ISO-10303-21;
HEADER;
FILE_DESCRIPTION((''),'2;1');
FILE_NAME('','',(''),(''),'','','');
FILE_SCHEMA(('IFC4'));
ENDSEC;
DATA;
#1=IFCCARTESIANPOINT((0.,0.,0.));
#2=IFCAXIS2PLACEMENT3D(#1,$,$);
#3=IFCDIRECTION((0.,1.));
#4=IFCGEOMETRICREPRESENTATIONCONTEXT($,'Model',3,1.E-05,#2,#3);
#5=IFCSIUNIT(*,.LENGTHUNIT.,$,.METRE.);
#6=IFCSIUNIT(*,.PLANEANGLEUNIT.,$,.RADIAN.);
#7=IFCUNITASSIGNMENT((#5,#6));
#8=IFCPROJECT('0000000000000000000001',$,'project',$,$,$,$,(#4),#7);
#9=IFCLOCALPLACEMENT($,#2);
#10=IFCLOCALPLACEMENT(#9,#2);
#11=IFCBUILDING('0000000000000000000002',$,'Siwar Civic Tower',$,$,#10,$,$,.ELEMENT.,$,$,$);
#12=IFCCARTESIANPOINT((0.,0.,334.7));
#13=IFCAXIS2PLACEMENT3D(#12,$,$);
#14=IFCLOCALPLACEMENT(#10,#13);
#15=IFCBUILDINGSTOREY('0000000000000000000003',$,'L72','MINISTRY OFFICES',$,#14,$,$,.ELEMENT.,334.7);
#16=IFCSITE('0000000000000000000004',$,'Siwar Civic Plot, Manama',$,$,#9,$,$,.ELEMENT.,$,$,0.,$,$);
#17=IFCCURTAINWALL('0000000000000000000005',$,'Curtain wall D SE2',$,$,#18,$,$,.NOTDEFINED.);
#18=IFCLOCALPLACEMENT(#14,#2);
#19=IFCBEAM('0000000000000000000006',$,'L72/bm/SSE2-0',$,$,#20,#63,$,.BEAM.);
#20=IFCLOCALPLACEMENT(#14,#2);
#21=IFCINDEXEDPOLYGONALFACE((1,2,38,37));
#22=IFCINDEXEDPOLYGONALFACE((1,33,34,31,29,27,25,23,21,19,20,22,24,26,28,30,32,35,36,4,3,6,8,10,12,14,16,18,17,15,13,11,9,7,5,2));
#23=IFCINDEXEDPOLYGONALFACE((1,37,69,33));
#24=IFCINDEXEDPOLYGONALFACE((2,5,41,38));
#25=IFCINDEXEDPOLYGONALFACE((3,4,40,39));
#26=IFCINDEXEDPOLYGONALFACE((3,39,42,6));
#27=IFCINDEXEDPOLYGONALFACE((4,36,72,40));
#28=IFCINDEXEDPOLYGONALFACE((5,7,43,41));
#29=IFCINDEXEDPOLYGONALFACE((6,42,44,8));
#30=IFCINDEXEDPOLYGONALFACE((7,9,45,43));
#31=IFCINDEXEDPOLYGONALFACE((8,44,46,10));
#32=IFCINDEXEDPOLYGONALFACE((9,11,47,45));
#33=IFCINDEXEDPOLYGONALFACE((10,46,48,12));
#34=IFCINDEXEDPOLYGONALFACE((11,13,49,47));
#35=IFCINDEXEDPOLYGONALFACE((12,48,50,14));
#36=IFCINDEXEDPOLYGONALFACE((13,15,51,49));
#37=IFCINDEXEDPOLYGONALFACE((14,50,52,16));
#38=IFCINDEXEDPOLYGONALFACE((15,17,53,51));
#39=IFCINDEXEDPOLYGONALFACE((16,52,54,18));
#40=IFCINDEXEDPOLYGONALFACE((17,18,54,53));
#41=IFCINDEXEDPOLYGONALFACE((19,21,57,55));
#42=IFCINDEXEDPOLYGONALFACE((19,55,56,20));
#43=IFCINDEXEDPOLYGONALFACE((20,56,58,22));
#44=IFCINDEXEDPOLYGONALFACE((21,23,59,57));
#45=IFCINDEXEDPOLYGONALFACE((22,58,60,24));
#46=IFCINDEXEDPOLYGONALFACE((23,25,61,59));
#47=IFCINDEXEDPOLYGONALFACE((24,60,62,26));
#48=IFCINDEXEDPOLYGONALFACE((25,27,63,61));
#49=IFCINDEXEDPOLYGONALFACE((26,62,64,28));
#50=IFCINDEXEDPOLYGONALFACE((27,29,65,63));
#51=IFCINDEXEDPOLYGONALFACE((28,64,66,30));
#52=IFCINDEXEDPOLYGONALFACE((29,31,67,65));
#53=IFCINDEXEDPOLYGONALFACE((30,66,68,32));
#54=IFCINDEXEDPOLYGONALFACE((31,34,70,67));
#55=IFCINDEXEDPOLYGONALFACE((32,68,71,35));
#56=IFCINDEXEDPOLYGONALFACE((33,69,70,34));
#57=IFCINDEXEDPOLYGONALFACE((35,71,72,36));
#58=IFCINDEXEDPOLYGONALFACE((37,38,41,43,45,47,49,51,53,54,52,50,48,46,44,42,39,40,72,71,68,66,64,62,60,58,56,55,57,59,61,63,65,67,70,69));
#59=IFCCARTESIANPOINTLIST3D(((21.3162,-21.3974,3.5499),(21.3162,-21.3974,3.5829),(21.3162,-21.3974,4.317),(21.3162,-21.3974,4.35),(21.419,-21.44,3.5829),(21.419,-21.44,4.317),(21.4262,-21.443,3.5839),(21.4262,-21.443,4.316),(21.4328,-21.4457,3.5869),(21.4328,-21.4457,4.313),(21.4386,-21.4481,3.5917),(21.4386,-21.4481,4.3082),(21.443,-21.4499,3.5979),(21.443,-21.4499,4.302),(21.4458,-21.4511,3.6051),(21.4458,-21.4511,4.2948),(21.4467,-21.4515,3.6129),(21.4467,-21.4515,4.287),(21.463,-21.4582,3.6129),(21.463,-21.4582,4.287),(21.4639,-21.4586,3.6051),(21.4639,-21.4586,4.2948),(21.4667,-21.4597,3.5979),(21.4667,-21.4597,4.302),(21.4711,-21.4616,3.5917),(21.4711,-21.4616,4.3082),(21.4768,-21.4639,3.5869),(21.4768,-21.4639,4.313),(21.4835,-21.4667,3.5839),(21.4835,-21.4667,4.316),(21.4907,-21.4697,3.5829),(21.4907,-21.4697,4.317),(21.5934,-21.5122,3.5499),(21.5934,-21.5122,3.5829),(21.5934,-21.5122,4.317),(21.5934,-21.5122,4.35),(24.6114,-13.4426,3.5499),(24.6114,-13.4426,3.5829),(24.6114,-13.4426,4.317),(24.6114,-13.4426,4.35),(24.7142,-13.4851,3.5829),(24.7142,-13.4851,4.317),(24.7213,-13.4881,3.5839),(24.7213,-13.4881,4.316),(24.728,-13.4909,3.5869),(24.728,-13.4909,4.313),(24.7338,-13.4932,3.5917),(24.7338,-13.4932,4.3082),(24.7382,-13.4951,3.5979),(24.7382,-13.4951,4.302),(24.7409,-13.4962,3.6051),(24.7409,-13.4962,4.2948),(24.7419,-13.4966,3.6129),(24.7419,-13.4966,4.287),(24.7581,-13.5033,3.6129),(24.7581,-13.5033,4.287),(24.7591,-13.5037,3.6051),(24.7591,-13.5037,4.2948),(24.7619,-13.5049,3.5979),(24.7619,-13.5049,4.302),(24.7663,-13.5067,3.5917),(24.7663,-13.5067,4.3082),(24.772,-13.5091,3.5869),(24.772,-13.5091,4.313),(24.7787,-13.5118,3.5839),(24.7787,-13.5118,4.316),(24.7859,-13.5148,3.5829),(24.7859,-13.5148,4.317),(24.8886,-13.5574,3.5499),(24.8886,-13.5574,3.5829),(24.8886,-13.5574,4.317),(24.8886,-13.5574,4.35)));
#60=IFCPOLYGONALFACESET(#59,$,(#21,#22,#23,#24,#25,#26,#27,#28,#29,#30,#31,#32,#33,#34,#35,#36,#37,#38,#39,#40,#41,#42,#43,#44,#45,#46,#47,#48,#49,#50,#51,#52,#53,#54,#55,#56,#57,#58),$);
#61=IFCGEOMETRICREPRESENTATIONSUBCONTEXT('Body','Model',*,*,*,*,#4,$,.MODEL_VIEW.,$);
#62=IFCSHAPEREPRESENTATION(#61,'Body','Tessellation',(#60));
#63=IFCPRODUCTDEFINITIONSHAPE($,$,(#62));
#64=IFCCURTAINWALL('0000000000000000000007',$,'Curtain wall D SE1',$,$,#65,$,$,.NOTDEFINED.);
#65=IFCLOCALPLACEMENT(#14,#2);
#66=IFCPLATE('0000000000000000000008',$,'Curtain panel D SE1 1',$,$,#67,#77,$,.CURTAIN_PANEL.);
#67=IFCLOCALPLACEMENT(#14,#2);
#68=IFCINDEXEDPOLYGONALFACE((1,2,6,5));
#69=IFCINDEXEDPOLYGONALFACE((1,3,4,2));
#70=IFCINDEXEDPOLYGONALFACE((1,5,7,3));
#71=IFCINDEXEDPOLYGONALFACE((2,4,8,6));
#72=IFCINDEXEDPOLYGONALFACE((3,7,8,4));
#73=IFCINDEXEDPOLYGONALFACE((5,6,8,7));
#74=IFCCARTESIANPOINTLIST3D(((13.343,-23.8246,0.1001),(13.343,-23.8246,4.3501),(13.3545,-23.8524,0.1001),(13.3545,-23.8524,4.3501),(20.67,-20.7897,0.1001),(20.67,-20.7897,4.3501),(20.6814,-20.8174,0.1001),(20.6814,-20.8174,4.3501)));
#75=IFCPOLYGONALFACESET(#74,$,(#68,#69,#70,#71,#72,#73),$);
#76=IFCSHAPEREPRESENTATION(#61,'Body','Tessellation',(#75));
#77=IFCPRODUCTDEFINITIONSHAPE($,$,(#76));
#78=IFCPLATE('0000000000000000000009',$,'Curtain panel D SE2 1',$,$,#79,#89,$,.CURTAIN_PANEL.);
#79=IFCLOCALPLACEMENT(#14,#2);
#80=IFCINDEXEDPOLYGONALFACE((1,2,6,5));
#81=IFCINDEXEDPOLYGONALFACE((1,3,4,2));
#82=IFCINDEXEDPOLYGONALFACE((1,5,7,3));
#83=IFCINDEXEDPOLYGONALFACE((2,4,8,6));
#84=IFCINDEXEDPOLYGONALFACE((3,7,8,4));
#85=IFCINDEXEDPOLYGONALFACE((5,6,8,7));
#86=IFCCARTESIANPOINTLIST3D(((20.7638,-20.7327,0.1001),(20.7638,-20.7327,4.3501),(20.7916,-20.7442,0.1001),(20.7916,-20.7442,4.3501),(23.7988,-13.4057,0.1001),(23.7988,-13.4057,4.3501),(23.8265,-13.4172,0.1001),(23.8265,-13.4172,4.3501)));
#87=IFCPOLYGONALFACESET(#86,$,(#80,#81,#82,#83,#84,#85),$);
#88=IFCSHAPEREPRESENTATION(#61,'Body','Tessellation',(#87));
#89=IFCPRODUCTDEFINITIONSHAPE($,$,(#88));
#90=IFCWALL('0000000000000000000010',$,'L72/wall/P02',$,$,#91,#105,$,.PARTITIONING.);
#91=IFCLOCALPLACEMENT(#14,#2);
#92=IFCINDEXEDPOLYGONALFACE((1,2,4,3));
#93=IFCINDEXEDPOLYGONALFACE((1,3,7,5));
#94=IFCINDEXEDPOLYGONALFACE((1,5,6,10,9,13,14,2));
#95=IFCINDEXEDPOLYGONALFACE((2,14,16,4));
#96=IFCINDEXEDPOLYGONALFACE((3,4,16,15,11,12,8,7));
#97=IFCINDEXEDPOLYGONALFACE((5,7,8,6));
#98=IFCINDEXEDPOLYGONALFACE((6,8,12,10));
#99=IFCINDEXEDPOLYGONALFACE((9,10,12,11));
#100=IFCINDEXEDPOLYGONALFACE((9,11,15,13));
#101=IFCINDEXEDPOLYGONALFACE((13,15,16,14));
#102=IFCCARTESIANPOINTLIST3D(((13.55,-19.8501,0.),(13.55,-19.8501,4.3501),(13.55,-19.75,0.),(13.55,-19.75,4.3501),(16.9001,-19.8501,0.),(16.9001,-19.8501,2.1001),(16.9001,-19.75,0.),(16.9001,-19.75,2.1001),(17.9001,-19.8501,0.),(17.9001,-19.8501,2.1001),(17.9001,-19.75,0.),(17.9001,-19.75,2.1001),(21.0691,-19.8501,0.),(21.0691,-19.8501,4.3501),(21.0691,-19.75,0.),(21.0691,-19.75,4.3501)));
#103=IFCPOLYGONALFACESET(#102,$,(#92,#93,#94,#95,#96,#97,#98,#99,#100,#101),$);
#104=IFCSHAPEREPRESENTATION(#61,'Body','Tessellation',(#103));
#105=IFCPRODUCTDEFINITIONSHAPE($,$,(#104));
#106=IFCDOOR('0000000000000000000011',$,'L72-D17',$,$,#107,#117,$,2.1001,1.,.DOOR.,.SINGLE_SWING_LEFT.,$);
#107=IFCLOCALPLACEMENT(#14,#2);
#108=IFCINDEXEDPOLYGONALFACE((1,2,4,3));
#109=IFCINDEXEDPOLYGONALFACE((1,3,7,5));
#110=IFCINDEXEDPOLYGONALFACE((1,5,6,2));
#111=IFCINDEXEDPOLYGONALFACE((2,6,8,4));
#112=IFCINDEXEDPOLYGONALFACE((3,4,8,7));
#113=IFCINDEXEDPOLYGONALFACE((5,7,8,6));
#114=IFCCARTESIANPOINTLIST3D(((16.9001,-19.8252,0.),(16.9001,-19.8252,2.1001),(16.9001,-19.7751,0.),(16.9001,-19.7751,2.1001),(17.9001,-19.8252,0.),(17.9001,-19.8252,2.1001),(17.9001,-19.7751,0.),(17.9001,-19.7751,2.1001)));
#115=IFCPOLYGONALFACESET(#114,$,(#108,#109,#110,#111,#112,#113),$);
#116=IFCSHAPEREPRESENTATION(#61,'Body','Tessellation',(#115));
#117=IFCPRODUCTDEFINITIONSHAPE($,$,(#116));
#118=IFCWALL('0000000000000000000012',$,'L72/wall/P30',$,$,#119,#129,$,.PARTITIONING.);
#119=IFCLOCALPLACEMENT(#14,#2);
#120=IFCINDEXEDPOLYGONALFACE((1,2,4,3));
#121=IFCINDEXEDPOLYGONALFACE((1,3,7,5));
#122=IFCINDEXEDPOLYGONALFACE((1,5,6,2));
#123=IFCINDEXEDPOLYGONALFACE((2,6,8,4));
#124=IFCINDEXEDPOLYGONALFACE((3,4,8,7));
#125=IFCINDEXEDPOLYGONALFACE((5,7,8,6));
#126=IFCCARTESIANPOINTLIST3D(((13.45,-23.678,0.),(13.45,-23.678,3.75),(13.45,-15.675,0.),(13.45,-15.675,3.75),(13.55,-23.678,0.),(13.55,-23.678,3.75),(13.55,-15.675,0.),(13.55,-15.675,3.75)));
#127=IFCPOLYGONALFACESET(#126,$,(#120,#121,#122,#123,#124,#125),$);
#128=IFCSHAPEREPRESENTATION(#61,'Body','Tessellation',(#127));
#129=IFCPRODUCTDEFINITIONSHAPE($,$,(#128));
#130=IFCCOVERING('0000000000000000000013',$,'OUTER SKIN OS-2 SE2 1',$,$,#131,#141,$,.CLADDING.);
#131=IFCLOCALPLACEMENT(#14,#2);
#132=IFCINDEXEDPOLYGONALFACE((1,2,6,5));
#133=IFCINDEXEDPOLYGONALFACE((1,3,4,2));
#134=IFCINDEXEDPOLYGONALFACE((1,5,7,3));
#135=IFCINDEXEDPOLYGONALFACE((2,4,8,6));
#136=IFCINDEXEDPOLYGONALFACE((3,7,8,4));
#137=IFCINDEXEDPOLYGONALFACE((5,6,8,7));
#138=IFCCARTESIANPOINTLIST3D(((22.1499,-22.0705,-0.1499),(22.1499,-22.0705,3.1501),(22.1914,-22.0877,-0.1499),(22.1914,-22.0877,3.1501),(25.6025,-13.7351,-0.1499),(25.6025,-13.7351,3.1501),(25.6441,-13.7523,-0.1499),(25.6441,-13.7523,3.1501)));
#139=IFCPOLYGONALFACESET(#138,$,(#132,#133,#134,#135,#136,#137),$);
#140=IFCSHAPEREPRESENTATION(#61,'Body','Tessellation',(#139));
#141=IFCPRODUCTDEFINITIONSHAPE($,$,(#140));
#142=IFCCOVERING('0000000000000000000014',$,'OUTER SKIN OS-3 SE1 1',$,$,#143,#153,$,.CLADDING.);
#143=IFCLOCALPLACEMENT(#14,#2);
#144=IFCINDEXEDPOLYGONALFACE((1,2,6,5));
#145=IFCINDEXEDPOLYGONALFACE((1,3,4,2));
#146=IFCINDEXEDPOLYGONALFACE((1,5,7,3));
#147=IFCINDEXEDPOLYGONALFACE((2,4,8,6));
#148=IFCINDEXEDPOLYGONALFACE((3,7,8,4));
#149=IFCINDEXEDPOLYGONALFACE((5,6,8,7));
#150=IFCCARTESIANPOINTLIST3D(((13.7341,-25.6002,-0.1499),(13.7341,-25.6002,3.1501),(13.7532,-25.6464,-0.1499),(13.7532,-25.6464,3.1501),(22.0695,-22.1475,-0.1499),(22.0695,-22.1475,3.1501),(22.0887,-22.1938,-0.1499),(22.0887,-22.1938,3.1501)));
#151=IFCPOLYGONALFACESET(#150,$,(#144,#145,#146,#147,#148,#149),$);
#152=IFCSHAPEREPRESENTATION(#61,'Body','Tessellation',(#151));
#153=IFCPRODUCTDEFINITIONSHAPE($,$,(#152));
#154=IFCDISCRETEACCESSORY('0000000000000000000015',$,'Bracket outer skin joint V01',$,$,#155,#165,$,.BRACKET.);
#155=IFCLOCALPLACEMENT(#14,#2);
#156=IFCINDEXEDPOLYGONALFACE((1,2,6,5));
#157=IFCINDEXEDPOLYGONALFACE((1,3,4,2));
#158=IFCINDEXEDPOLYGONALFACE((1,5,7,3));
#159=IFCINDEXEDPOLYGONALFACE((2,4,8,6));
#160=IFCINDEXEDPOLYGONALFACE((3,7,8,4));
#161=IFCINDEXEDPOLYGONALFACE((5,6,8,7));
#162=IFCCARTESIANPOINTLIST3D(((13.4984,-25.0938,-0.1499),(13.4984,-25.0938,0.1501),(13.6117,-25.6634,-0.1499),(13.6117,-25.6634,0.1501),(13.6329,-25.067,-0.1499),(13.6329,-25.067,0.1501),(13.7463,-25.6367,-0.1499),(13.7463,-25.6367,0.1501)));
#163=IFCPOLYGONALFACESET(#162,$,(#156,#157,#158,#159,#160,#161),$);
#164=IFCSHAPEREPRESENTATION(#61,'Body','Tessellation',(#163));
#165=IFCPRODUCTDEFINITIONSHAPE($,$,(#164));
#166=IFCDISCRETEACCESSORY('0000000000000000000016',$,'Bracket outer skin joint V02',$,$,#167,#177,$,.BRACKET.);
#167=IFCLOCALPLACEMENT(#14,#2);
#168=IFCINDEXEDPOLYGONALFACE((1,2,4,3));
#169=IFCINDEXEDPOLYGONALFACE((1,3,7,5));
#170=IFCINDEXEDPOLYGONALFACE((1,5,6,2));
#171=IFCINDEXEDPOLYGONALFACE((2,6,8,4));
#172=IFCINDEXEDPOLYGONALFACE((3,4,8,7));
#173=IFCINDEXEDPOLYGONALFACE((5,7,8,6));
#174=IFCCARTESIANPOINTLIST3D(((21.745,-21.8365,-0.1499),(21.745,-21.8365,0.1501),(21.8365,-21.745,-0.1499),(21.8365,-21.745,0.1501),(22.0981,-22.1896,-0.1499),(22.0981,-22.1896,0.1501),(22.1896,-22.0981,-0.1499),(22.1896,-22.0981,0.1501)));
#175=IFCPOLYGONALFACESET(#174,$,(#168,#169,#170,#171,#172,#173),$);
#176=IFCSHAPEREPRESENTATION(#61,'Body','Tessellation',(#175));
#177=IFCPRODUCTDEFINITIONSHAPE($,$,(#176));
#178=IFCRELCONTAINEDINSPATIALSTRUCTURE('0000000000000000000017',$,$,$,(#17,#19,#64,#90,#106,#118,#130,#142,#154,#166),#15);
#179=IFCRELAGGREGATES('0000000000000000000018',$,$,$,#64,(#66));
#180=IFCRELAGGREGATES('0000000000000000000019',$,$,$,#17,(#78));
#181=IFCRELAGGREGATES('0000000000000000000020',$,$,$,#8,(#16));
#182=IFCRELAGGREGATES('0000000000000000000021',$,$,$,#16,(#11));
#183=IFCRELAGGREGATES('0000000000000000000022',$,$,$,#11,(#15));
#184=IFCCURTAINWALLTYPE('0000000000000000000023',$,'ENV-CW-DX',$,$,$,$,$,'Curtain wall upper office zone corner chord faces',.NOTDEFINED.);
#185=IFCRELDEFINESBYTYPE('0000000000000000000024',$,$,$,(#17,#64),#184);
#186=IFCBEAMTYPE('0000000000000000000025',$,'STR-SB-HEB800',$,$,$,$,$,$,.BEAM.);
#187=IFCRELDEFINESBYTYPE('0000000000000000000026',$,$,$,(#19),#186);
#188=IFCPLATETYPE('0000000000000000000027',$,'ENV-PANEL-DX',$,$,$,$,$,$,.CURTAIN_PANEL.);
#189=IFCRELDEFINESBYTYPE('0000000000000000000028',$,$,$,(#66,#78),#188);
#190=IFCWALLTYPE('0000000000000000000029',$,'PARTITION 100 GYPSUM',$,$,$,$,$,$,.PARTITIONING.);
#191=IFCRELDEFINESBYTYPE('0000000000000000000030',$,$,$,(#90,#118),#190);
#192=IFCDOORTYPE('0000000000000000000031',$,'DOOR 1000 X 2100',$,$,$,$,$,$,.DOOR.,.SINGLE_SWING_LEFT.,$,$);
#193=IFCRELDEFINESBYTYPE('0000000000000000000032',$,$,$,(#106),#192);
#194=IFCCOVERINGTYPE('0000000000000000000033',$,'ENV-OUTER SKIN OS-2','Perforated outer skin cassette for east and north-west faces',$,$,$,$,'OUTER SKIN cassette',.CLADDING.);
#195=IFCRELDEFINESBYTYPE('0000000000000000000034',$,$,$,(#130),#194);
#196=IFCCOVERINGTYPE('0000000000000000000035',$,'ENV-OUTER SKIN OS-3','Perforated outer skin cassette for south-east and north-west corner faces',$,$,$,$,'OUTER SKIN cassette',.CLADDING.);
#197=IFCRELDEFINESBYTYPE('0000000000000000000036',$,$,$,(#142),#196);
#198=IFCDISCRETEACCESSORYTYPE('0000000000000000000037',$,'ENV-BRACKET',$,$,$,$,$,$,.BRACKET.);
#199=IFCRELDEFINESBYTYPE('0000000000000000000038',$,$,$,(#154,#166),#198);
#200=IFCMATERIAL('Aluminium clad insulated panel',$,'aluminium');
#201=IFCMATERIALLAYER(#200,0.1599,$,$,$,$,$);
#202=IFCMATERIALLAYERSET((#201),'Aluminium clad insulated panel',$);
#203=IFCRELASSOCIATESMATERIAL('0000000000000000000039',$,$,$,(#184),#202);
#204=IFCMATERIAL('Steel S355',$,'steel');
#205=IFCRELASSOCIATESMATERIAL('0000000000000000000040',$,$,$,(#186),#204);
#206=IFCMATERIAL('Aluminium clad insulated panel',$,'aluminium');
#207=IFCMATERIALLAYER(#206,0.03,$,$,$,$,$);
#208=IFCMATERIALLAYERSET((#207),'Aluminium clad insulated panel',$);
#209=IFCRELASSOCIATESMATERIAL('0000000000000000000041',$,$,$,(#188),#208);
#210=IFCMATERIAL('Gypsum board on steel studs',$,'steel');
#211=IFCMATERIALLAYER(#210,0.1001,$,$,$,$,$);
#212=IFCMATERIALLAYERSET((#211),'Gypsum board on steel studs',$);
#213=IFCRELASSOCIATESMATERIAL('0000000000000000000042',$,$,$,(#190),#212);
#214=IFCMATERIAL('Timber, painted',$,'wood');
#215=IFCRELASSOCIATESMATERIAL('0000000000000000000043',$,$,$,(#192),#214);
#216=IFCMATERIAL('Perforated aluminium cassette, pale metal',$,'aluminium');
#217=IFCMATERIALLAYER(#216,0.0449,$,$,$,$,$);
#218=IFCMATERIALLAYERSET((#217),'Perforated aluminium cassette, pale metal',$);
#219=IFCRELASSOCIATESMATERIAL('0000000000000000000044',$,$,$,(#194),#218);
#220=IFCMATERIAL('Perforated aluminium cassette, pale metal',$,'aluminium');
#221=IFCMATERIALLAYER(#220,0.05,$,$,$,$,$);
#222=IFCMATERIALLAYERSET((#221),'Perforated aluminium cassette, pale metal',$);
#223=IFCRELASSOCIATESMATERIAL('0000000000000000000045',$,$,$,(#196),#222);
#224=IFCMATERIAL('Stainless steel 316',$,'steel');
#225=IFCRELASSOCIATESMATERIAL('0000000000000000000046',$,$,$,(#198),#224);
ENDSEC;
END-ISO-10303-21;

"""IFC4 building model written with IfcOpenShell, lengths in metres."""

from ifc_helpers import new_model, si_unit, direction, frame, frame_2d, origin, origin_2d, place, context, subcontext, project, spatial, rectangle, i_section, extrude, material, layer, layer_set, material_profile, profile_set, type_object, element, fill, aggregate, save


model = new_model("IFC4")

# Units and contexts
model_context = context("Model", 3, precision=1e-05, world=origin(), true_north=direction((0.0, 1.0)))
body_context = subcontext(model_context, "Body", "Model", "MODEL_VIEW")
ifc_project = project(units=[si_unit("LENGTHUNIT", "METRE"), si_unit("PLANEANGLEUNIT", "RADIAN")], contexts=[model_context])

# Site, building, storey
site_placement = place(None, origin())
site = spatial("IfcSite", under=ifc_project, at=site_placement, Name="Siwar Civic Plot, Manama", CompositionType="ELEMENT", RefElevation=0.0)
building_placement = place(site_placement, origin())
building = spatial("IfcBuilding", under=site, at=building_placement, Name="Siwar Civic Tower", CompositionType="ELEMENT")
storey_placement = place(building_placement, frame((0.0, 0.0, 334.7)))
storey = spatial("IfcBuildingStorey", under=building, at=storey_placement, Name="L72", Description="MINISTRY OFFICES", CompositionType="ELEMENT", Elevation=334.7)

# Curtain wall
ifc_material_1 = material(Name="Aluminium clad insulated panel", Category="aluminium")
ifc_layer_1 = layer(ifc_material_1, 0.1599)
ifc_layer_set_1 = layer_set([ifc_layer_1], Name="Aluminium clad insulated panel")
curtain_wall_type = type_object("IfcCurtainWallType", Name="ENV-CW-DX", ElementType="Curtain wall upper office zone corner chord faces", PredefinedType="NOTDEFINED", material=ifc_layer_set_1)
curtain_wall_1_placement = place(storey_placement, origin())
curtain_wall_1 = element("IfcCurtainWall", 1, at=curtain_wall_1_placement, inside=storey, type_object=curtain_wall_type, Name="Curtain wall D SE2", PredefinedType="NOTDEFINED")

# Beam
ifc_material_2 = material(Name="Steel S355", Category="steel")
ifc_material_profile_1 = material_profile(ifc_material_2, i_section(OverallWidth=0.3, OverallDepth=0.8, WebThickness=0.0176, FlangeThickness=0.033, FilletRadius=0.03, at=origin_2d()), Name="HEB800")
ifc_profile_set_1 = profile_set([ifc_material_profile_1], Name="Steel S355")
beam_type_1 = type_object("IfcBeamType", Name="STR-SB-HEB800", PredefinedType="BEAM", material=ifc_profile_set_1)
for number, where, z_axis, x_axis, name in (
    (2, (21.4548, -21.4548, 3.95), (0.3827, 0.923873, 0.0), (-0.923873, 0.3827, 0.0), "L72/bm/SSE2-0"),
):
    element("IfcBeam", number, at=place(storey_placement, frame(where, z_axis=z_axis, x_axis=x_axis)), inside=storey, type_object=beam_type_1, Name=name, PredefinedType="BEAM", context=body_context, shape_type="SweptSolid", body=[
        extrude(i_section(OverallWidth=0.3, OverallDepth=0.8, WebThickness=0.0176, FlangeThickness=0.033, FilletRadius=0.03, at=origin_2d()), origin(), (0.0, 0.0, 1.0), 8.6104),
    ])

# Curtain wall, plate
curtain_wall_2_placement = place(storey_placement, origin())
curtain_wall_2 = element("IfcCurtainWall", 3, at=curtain_wall_2_placement, inside=storey, type_object=curtain_wall_type, Name="Curtain wall D SE1", PredefinedType="NOTDEFINED")
ifc_material_3 = material(Name="Aluminium clad insulated panel", Category="aluminium")
ifc_layer_2 = layer(ifc_material_3, 0.03)
ifc_layer_set_2 = layer_set([ifc_layer_2], Name="Aluminium clad insulated panel")
plate_type = type_object("IfcPlateType", Name="ENV-PANEL-DX", PredefinedType="CURTAIN_PANEL", material=ifc_layer_set_2)
plate_1_placement = place(storey_placement, frame((17.0122, -22.321, 0.1001), z_axis=(0.0, 0.0, 1.0), x_axis=(0.92388, 0.382683, 0.0)))
plate_1 = element("IfcPlate", 4, at=plate_1_placement, type_object=plate_type, Name="Curtain panel D SE1 1", PredefinedType="CURTAIN_PANEL", context=body_context, shape_type="SweptSolid", body=[
    extrude(rectangle(XDim=7.9307, YDim=0.03, at=origin_2d()), origin(), (0.0, 0.0, 1.0), 4.25),
])
aggregate(curtain_wall_2, [plate_1])

# Plate
plate_2_placement = place(storey_placement, frame((22.2952, -17.075, 0.1001), z_axis=(0.0, 0.0, 1.0), x_axis=(0.382683, 0.92388, 0.0)))
plate_2 = element("IfcPlate", 5, at=plate_2_placement, type_object=plate_type, Name="Curtain panel D SE2 1", PredefinedType="CURTAIN_PANEL", context=body_context, shape_type="SweptSolid", body=[
    extrude(rectangle(XDim=7.9307, YDim=0.03, at=origin_2d()), origin(), (0.0, 0.0, 1.0), 4.25),
])
aggregate(curtain_wall_1, [plate_2])

# Wall, opening, door
ifc_material_4 = material(Name="Gypsum board on steel studs", Category="steel")
ifc_layer_3 = layer(ifc_material_4, 0.1001)
ifc_layer_set_3 = layer_set([ifc_layer_3], Name="Gypsum board on steel studs")
wall_type = type_object("IfcWallType", Name="PARTITION 100 GYPSUM", PredefinedType="PARTITIONING", material=ifc_layer_set_3)
wall_1_placement = place(storey_placement, frame((13.55, -19.8, 0.0), z_axis=(0.0, 0.0, 1.0), x_axis=(1.0, 0.0, 0.0)))
wall_1 = element("IfcWall", 6, at=wall_1_placement, inside=storey, type_object=wall_type, Name="L72/wall/P02", PredefinedType="PARTITIONING", context=body_context, shape_type="SweptSolid", body=[
    extrude(rectangle(XDim=7.519, YDim=0.1001, at=frame_2d((3.7595, 0.0))), origin(), (0.0, 0.0, 1.0), 4.3501),
])
opening_placement = place(wall_1_placement, frame((3.3501, 0.0, 0.0)))
opening = element("IfcOpeningElement", 7, at=opening_placement, cuts=wall_1, PredefinedType="OPENING", context=body_context, shape_type="SweptSolid", body=[
    extrude(rectangle(XDim=1.0, YDim=2.1001, at=frame_2d((0.5, 1.05))), frame((0.0, 0.0601, 0.0), z_axis=(0.0, -1.0, 0.0), x_axis=(1.0, 0.0, 0.0)), (0.0, 0.0, 1.0), 0.1201),
])
ifc_material_5 = material(Name="Timber, painted", Category="wood")
door_type = type_object("IfcDoorType", Name="DOOR 1000 X 2100", OperationType="SINGLE_SWING_LEFT", PredefinedType="DOOR", material=ifc_material_5)
door_placement = place(opening_placement, origin())
door = element("IfcDoor", 8, at=door_placement, inside=storey, type_object=door_type, Name="L72-D17", OperationType="SINGLE_SWING_LEFT", OverallHeight=2.1001, OverallWidth=1.0, PredefinedType="DOOR", context=body_context, shape_type="SweptSolid", body=[
    extrude(rectangle(XDim=1.0, YDim=2.1001, at=frame_2d((0.5, 1.05))), frame((0.0, 0.0249, 0.0), z_axis=(0.0, -1.0, 0.0), x_axis=(1.0, 0.0, 0.0)), (0.0, 0.0, 1.0), 0.05),
])
fill(opening, door)

# Wall
wall_2_placement = place(storey_placement, frame((13.5, -23.678, 0.0), z_axis=(0.0, 0.0, 1.0), x_axis=(0.0, 1.0, 0.0)))
element("IfcWall", 9, at=wall_2_placement, inside=storey, type_object=wall_type, Name="L72/wall/P30", PredefinedType="PARTITIONING", context=body_context, shape_type="SweptSolid", body=[
    extrude(rectangle(XDim=8.0029, YDim=0.1001, at=frame_2d((4.0015, 0.0))), origin(), (0.0, 0.0, 1.0), 3.75),
])

# Coverings
ifc_material_6 = material(Name="Perforated aluminium cassette, pale metal", Category="aluminium")
ifc_layer_4 = layer(ifc_material_6, 0.0449)
ifc_layer_set_4 = layer_set([ifc_layer_4], Name="Perforated aluminium cassette, pale metal")
covering_type_1 = type_object("IfcCoveringType", Name="ENV-OUTER SKIN OS-2", Description="Perforated outer skin cassette for east and north-west faces", ElementType="OUTER SKIN cassette", PredefinedType="CLADDING", material=ifc_layer_set_4)
covering_1_placement = place(storey_placement, frame((23.897, -17.9114, -0.1499), z_axis=(0.0, 0.0, 1.0), x_axis=(0.382683, 0.92388, 0.0)))
element("IfcCovering", 10, at=covering_1_placement, inside=storey, type_object=covering_type_1, Name="OUTER SKIN OS-2 SE2 1", PredefinedType="CLADDING", context=body_context, shape_type="SweptSolid", body=[
    extrude(rectangle(XDim=9.0222, YDim=0.0449, at=origin_2d()), origin(), (0.0, 0.0, 1.0), 3.3),
])
ifc_material_7 = material(Name="Perforated aluminium cassette, pale metal", Category="aluminium")
ifc_layer_5 = layer(ifc_material_7, 0.05)
ifc_layer_set_5 = layer_set([ifc_layer_5], Name="Perforated aluminium cassette, pale metal")
covering_type_2 = type_object("IfcCoveringType", Name="ENV-OUTER SKIN OS-3", Description="Perforated outer skin cassette for south-east and north-west corner faces", ElementType="OUTER SKIN cassette", PredefinedType="CLADDING", material=ifc_layer_set_5)
covering_2_placement = place(storey_placement, frame((17.9114, -23.897, -0.1499), z_axis=(0.0, 0.0, 1.0), x_axis=(0.92388, 0.382683, 0.0)))
element("IfcCovering", 11, at=covering_2_placement, inside=storey, type_object=covering_type_2, Name="OUTER SKIN OS-3 SE1 1", PredefinedType="CLADDING", context=body_context, shape_type="SweptSolid", body=[
    extrude(rectangle(XDim=9.0222, YDim=0.05, at=origin_2d()), origin(), (0.0, 0.0, 1.0), 3.3),
])

# Discrete accessories
ifc_material_8 = material(Name="Stainless steel 316", Category="steel")
discrete_accessory_type = type_object("IfcDiscreteAccessoryType", Name="ENV-BRACKET", PredefinedType="BRACKET", material=ifc_material_8)
discrete_accessory_1_placement = place(storey_placement, frame((13.6223, -25.3652, -0.1499), z_axis=(0.0, 0.0, 1.0), x_axis=(0.19509, -0.980785, 0.0)))
element("IfcDiscreteAccessory", 12, at=discrete_accessory_1_placement, inside=storey, type_object=discrete_accessory_type, Name="Bracket outer skin joint V01", PredefinedType="BRACKET", context=body_context, shape_type="SweptSolid", body=[
    extrude(rectangle(XDim=0.5808, YDim=0.1372, at=origin_2d()), origin(), (0.0, 0.0, 1.0), 0.3),
])
discrete_accessory_2_placement = place(storey_placement, frame((21.9673, -21.9673, -0.1499), z_axis=(0.0, 0.0, 1.0), x_axis=(0.707107, -0.707107, 0.0)))
element("IfcDiscreteAccessory", 13, at=discrete_accessory_2_placement, inside=storey, type_object=discrete_accessory_type, Name="Bracket outer skin joint V02", PredefinedType="BRACKET", context=body_context, shape_type="SweptSolid", body=[
    extrude(rectangle(XDim=0.4993, YDim=0.1294, at=origin_2d()), origin(), (0.0, 0.0, 1.0), 0.3),
])

save(model, "model.ifc")
